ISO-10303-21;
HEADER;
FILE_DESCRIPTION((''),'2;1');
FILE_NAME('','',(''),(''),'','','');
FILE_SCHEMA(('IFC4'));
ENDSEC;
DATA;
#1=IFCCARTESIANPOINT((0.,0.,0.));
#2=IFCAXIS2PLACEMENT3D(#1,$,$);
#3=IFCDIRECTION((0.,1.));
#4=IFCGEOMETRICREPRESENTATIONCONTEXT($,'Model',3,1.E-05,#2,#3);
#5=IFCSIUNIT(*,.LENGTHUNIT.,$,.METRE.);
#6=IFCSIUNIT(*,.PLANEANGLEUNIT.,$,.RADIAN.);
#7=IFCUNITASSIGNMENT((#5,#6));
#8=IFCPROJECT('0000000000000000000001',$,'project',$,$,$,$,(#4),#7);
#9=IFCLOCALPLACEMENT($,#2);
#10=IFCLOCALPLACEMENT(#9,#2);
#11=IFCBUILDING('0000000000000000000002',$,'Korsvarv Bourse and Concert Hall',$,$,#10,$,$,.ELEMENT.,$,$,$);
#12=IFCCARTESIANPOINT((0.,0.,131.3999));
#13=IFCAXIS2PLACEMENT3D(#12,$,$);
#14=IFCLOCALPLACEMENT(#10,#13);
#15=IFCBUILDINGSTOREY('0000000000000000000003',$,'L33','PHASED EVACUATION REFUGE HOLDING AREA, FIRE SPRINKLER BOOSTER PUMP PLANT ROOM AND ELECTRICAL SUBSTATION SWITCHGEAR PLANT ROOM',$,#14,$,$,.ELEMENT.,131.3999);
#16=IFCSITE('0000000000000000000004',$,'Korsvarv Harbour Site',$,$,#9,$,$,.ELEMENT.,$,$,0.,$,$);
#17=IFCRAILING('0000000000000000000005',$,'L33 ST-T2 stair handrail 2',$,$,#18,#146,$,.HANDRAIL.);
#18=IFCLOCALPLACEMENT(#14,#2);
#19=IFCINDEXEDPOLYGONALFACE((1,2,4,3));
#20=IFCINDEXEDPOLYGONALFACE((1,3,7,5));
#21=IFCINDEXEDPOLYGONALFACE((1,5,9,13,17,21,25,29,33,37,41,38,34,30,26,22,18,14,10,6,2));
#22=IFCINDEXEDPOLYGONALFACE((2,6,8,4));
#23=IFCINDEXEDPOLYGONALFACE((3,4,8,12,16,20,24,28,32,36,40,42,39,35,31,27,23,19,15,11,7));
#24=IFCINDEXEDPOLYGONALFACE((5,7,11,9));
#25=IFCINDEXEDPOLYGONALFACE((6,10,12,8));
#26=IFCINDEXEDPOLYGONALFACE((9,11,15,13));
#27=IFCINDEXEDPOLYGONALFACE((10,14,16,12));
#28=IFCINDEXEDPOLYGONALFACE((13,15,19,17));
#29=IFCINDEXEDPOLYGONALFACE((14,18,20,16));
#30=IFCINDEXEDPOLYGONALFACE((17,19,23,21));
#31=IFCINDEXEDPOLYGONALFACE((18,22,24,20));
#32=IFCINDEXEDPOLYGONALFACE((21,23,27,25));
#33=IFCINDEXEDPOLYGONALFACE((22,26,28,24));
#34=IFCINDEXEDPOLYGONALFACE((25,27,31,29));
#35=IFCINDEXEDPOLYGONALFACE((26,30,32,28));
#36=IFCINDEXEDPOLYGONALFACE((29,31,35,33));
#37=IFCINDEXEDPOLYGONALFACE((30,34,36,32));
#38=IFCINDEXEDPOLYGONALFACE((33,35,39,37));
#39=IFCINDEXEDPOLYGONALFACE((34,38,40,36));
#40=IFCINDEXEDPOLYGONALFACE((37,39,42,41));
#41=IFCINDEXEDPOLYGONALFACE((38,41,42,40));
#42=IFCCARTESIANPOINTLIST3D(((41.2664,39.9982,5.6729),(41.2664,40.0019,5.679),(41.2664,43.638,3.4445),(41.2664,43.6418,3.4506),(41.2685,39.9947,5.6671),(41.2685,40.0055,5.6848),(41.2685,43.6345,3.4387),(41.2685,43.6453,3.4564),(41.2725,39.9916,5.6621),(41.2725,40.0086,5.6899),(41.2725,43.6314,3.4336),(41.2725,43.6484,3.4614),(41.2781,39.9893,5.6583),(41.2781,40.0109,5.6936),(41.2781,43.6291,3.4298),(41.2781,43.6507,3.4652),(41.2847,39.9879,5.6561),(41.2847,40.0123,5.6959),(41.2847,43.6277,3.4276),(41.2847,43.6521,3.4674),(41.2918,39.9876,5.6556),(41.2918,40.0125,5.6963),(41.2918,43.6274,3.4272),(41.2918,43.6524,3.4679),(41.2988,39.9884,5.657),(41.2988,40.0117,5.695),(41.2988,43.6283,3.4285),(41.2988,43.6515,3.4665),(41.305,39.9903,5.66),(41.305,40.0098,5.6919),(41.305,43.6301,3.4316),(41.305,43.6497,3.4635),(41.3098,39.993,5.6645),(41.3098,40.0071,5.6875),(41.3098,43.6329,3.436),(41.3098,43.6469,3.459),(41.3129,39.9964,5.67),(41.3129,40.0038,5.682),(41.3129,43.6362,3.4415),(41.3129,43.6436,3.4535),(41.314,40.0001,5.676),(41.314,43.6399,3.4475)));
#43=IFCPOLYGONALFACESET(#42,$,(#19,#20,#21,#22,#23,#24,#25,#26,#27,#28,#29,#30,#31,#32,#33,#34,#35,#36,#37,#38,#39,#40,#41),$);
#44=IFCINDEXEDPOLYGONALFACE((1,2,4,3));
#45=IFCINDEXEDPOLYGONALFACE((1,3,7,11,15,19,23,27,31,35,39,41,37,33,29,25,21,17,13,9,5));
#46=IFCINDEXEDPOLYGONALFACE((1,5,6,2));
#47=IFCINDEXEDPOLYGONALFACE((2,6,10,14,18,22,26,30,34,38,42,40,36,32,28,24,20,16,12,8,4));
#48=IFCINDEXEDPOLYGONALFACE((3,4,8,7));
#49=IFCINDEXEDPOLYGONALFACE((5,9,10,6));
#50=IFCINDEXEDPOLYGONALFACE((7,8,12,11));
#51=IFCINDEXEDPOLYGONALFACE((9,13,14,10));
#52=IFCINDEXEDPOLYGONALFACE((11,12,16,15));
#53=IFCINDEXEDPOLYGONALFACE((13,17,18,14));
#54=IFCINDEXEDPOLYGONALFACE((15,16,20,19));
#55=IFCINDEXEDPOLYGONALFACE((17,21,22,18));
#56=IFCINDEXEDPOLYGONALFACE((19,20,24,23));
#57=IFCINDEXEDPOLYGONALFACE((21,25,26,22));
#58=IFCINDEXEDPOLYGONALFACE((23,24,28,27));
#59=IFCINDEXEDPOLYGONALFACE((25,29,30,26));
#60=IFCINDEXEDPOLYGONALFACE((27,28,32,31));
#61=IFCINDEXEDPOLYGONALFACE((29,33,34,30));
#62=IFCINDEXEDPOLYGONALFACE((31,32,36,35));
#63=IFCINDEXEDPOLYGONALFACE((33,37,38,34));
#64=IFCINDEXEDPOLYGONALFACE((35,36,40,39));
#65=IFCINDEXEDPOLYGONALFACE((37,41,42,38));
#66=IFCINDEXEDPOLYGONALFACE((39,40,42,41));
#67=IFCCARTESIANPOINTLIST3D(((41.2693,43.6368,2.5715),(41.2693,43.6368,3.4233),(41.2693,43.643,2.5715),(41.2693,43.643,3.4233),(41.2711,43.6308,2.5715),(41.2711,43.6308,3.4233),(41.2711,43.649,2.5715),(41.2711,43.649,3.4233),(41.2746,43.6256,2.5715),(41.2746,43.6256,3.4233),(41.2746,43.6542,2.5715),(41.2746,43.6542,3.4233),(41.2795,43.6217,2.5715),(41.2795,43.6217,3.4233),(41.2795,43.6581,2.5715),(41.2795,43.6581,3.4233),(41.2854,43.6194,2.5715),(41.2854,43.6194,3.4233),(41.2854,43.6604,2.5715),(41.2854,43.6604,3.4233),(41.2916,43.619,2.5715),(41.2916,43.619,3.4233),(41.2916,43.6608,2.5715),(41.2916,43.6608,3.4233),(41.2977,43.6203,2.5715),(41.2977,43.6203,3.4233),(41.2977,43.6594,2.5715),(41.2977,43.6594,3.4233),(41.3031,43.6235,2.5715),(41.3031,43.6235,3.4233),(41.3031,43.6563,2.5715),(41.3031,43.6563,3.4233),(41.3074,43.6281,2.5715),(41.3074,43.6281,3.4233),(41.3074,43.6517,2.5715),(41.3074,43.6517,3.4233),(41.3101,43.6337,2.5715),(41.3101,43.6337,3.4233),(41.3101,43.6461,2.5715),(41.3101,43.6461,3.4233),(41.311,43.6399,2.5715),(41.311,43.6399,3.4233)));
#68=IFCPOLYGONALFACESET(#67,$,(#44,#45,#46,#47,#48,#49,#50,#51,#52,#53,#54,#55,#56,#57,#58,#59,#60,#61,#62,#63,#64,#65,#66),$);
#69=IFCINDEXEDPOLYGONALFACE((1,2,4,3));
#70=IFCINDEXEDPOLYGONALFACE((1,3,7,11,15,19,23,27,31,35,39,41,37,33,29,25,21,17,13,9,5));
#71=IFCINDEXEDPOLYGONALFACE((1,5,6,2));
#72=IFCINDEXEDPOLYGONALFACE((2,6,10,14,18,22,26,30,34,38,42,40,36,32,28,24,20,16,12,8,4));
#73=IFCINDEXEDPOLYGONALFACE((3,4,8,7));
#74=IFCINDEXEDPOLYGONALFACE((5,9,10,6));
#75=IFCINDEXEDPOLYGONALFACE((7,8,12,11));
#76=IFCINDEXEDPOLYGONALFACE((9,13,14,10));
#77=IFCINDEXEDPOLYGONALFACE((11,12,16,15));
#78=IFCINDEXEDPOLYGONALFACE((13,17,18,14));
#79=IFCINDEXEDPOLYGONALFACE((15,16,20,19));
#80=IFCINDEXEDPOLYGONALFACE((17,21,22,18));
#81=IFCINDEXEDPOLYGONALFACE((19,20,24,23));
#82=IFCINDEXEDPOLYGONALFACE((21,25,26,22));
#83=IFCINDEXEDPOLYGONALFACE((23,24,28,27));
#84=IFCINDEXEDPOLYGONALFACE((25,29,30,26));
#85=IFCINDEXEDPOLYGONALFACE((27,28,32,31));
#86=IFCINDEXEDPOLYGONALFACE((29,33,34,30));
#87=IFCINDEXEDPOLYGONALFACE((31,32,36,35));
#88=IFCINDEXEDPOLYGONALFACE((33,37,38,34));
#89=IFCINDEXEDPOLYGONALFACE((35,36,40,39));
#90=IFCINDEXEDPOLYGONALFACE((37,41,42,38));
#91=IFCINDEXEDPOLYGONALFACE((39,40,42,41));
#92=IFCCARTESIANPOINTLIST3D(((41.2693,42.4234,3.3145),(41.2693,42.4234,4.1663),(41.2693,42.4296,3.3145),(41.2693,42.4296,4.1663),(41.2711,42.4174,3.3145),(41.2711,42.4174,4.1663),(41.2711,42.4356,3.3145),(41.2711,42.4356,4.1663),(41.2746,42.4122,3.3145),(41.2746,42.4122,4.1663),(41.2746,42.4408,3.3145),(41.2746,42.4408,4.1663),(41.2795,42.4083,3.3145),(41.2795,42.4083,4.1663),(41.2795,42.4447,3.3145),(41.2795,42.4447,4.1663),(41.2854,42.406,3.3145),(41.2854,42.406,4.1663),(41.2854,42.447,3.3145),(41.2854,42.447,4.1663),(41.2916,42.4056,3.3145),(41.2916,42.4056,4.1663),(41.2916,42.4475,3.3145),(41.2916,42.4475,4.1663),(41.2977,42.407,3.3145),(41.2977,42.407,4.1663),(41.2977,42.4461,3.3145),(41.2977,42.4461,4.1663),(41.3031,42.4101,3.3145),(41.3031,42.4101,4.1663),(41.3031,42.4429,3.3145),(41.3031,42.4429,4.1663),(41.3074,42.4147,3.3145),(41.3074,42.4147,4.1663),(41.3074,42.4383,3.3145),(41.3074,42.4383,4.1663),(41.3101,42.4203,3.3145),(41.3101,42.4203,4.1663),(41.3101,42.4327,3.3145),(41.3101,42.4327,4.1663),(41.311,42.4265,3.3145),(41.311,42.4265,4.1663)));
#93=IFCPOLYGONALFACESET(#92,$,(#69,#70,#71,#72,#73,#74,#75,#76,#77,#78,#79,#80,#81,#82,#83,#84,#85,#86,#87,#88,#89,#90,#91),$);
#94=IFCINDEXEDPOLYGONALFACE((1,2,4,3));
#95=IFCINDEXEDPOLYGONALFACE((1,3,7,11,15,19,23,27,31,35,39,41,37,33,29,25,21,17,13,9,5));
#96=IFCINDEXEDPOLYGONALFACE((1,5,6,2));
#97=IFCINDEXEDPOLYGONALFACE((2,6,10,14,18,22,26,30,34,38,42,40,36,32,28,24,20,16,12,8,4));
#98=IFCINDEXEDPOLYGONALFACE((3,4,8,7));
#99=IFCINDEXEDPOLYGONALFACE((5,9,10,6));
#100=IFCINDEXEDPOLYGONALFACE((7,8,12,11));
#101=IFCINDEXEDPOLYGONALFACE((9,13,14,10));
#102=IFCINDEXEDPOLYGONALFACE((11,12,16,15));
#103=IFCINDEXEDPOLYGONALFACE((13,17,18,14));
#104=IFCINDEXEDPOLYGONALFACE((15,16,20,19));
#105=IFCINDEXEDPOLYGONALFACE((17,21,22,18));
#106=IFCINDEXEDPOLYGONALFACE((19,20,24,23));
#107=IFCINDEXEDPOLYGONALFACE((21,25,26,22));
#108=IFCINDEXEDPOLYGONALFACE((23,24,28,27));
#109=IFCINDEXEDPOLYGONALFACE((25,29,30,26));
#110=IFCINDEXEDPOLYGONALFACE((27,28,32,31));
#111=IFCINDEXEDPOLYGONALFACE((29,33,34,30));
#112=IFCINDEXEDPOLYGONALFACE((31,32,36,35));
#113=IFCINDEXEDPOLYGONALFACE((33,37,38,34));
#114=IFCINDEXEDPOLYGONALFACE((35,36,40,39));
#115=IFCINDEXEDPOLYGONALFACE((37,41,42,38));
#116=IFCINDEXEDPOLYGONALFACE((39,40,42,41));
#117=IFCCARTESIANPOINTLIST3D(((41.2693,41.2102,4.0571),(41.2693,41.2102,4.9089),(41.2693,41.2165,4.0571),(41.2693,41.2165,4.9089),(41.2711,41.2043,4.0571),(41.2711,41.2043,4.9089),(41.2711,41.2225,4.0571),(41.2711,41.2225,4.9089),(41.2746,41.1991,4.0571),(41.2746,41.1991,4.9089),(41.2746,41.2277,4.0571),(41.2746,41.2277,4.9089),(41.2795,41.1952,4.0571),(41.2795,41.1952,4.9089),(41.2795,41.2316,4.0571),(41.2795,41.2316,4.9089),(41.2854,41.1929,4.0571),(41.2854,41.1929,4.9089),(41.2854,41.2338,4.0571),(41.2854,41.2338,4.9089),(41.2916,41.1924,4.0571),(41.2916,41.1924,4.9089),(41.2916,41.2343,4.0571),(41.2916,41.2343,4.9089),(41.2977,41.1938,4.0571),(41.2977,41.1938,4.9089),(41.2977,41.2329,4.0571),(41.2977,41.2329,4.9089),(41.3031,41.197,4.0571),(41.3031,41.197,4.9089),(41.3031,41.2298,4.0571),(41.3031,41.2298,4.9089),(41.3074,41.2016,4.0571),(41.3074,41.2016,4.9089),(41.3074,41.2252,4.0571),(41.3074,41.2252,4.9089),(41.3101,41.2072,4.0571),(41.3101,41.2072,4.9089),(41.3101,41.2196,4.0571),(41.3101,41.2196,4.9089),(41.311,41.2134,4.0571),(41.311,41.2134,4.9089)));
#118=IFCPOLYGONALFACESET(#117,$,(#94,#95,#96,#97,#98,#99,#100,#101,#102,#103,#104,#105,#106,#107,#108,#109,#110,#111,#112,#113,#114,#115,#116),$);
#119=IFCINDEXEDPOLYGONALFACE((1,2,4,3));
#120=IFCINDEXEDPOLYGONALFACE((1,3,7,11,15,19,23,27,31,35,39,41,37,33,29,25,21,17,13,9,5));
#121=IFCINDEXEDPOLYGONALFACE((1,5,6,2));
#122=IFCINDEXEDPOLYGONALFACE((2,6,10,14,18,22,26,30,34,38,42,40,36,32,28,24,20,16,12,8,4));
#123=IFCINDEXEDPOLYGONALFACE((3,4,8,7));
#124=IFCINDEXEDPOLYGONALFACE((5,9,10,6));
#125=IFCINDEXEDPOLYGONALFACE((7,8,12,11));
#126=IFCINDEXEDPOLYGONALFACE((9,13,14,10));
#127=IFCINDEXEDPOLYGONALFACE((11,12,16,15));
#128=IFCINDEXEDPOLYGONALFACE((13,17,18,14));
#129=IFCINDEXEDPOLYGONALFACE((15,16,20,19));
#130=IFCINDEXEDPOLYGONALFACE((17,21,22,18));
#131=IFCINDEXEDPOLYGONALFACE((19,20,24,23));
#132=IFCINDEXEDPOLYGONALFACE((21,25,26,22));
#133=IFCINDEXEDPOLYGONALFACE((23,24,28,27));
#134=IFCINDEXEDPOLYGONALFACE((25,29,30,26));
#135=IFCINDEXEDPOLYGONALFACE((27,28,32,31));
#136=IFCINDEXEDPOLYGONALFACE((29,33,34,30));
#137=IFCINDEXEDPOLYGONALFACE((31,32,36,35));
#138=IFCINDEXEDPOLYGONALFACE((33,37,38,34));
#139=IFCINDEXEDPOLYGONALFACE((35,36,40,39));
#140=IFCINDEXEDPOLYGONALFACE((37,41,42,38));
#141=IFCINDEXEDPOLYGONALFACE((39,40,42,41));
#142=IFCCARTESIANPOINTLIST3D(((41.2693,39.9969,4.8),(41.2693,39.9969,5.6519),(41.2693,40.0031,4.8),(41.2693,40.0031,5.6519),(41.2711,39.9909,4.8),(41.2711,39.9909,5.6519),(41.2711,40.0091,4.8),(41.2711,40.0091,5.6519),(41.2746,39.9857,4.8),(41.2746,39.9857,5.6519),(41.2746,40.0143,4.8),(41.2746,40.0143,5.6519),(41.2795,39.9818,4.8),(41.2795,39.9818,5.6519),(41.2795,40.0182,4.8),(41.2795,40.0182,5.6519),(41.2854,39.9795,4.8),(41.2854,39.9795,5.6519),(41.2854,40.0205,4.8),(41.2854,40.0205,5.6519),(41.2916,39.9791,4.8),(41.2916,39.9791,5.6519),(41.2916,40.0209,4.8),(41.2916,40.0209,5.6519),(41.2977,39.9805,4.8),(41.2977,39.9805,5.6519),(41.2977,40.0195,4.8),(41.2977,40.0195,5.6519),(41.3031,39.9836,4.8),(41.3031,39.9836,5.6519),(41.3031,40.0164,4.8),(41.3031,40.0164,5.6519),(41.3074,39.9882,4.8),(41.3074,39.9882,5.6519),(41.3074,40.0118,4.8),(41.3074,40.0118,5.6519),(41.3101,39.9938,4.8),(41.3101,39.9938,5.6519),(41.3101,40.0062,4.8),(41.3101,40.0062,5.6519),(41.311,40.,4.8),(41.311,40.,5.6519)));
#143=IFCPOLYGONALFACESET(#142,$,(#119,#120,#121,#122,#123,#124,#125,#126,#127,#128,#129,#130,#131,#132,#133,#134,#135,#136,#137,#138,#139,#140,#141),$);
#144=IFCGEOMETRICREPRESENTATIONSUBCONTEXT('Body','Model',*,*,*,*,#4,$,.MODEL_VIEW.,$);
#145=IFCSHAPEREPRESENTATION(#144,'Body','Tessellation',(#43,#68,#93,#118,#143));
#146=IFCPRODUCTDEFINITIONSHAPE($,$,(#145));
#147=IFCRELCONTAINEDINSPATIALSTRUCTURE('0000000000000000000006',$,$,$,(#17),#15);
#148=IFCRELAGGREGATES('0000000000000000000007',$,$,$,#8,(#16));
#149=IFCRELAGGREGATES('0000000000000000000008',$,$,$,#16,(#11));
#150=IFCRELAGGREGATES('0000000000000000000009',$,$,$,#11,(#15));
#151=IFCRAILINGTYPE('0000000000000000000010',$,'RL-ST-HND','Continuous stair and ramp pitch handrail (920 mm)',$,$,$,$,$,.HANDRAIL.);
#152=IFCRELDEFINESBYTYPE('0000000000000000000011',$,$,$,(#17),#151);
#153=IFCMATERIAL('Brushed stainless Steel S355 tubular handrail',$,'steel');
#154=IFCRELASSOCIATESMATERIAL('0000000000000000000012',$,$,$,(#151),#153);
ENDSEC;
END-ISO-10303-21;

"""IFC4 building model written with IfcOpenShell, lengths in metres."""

from ifc_helpers import new_model, si_unit, direction, frame, origin, origin_2d, place, context, subcontext, project, spatial, circle, extrude, material, type_object, element, save


model = new_model("IFC4")

# Units and contexts
model_context = context("Model", 3, precision=1e-05, world=origin(), true_north=direction((0.0, 1.0)))
body_context = subcontext(model_context, "Body", "Model", "MODEL_VIEW")
ifc_project = project(units=[si_unit("LENGTHUNIT", "METRE"), si_unit("PLANEANGLEUNIT", "RADIAN")], contexts=[model_context])

# Site, building, storey
site_placement = place(None, origin())
site = spatial("IfcSite", under=ifc_project, at=site_placement, Name="Korsvarv Harbour Site", CompositionType="ELEMENT", RefElevation=0.0)
building_placement = place(site_placement, origin())
building = spatial("IfcBuilding", under=site, at=building_placement, Name="Korsvarv Bourse and Concert Hall", CompositionType="ELEMENT")
storey_placement = place(building_placement, frame((0.0, 0.0, 131.3999)))
storey = spatial("IfcBuildingStorey", under=building, at=storey_placement, Name="L33", Description="PHASED EVACUATION REFUGE HOLDING AREA, FIRE SPRINKLER BOOSTER PUMP PLANT ROOM AND ELECTRICAL SUBSTATION SWITCHGEAR PLANT ROOM", CompositionType="ELEMENT", Elevation=131.3999)

# Railing
ifc_material_1 = material(Name="Brushed stainless Steel S355 tubular handrail", Category="steel")
railing_type_1 = type_object("IfcRailingType", Name="RL-ST-HND", Description="Continuous stair and ramp pitch handrail (920 mm)", PredefinedType="HANDRAIL", material=ifc_material_1)
railing_1_placement = place(storey_placement, frame((41.29, 43.6399, 2.5715)))
element("IfcRailing", 1, at=railing_1_placement, inside=storey, type_object=railing_type_1, Name="L33 ST-T2 stair handrail 2", PredefinedType="HANDRAIL", context=body_context, shape_type="SweptSolid", body=[
    extrude(circle(Radius=0.0239, at=origin_2d()), frame((0.0, 0.0, 0.876), z_axis=(0.0, -0.85285, 0.522156), x_axis=(1.0, 0.0, 0.0)), (0.0, 0.0, 1.0), 4.2678),
    extrude(circle(Radius=0.021, at=origin_2d()), origin(), (0.0, 0.0, 1.0), 0.8518),
    extrude(circle(Radius=0.021, at=origin_2d()), frame((0.0, -1.2134, 0.7429)), (0.0, 0.0, 1.0), 0.8518),
    extrude(circle(Radius=0.021, at=origin_2d()), frame((0.0, -2.4265, 1.4856)), (0.0, 0.0, 1.0), 0.8518),
    extrude(circle(Radius=0.021, at=origin_2d()), frame((0.0, -3.6399, 2.2285)), (0.0, 0.0, 1.0), 0.8518),
])

save(model, "model.ifc")
